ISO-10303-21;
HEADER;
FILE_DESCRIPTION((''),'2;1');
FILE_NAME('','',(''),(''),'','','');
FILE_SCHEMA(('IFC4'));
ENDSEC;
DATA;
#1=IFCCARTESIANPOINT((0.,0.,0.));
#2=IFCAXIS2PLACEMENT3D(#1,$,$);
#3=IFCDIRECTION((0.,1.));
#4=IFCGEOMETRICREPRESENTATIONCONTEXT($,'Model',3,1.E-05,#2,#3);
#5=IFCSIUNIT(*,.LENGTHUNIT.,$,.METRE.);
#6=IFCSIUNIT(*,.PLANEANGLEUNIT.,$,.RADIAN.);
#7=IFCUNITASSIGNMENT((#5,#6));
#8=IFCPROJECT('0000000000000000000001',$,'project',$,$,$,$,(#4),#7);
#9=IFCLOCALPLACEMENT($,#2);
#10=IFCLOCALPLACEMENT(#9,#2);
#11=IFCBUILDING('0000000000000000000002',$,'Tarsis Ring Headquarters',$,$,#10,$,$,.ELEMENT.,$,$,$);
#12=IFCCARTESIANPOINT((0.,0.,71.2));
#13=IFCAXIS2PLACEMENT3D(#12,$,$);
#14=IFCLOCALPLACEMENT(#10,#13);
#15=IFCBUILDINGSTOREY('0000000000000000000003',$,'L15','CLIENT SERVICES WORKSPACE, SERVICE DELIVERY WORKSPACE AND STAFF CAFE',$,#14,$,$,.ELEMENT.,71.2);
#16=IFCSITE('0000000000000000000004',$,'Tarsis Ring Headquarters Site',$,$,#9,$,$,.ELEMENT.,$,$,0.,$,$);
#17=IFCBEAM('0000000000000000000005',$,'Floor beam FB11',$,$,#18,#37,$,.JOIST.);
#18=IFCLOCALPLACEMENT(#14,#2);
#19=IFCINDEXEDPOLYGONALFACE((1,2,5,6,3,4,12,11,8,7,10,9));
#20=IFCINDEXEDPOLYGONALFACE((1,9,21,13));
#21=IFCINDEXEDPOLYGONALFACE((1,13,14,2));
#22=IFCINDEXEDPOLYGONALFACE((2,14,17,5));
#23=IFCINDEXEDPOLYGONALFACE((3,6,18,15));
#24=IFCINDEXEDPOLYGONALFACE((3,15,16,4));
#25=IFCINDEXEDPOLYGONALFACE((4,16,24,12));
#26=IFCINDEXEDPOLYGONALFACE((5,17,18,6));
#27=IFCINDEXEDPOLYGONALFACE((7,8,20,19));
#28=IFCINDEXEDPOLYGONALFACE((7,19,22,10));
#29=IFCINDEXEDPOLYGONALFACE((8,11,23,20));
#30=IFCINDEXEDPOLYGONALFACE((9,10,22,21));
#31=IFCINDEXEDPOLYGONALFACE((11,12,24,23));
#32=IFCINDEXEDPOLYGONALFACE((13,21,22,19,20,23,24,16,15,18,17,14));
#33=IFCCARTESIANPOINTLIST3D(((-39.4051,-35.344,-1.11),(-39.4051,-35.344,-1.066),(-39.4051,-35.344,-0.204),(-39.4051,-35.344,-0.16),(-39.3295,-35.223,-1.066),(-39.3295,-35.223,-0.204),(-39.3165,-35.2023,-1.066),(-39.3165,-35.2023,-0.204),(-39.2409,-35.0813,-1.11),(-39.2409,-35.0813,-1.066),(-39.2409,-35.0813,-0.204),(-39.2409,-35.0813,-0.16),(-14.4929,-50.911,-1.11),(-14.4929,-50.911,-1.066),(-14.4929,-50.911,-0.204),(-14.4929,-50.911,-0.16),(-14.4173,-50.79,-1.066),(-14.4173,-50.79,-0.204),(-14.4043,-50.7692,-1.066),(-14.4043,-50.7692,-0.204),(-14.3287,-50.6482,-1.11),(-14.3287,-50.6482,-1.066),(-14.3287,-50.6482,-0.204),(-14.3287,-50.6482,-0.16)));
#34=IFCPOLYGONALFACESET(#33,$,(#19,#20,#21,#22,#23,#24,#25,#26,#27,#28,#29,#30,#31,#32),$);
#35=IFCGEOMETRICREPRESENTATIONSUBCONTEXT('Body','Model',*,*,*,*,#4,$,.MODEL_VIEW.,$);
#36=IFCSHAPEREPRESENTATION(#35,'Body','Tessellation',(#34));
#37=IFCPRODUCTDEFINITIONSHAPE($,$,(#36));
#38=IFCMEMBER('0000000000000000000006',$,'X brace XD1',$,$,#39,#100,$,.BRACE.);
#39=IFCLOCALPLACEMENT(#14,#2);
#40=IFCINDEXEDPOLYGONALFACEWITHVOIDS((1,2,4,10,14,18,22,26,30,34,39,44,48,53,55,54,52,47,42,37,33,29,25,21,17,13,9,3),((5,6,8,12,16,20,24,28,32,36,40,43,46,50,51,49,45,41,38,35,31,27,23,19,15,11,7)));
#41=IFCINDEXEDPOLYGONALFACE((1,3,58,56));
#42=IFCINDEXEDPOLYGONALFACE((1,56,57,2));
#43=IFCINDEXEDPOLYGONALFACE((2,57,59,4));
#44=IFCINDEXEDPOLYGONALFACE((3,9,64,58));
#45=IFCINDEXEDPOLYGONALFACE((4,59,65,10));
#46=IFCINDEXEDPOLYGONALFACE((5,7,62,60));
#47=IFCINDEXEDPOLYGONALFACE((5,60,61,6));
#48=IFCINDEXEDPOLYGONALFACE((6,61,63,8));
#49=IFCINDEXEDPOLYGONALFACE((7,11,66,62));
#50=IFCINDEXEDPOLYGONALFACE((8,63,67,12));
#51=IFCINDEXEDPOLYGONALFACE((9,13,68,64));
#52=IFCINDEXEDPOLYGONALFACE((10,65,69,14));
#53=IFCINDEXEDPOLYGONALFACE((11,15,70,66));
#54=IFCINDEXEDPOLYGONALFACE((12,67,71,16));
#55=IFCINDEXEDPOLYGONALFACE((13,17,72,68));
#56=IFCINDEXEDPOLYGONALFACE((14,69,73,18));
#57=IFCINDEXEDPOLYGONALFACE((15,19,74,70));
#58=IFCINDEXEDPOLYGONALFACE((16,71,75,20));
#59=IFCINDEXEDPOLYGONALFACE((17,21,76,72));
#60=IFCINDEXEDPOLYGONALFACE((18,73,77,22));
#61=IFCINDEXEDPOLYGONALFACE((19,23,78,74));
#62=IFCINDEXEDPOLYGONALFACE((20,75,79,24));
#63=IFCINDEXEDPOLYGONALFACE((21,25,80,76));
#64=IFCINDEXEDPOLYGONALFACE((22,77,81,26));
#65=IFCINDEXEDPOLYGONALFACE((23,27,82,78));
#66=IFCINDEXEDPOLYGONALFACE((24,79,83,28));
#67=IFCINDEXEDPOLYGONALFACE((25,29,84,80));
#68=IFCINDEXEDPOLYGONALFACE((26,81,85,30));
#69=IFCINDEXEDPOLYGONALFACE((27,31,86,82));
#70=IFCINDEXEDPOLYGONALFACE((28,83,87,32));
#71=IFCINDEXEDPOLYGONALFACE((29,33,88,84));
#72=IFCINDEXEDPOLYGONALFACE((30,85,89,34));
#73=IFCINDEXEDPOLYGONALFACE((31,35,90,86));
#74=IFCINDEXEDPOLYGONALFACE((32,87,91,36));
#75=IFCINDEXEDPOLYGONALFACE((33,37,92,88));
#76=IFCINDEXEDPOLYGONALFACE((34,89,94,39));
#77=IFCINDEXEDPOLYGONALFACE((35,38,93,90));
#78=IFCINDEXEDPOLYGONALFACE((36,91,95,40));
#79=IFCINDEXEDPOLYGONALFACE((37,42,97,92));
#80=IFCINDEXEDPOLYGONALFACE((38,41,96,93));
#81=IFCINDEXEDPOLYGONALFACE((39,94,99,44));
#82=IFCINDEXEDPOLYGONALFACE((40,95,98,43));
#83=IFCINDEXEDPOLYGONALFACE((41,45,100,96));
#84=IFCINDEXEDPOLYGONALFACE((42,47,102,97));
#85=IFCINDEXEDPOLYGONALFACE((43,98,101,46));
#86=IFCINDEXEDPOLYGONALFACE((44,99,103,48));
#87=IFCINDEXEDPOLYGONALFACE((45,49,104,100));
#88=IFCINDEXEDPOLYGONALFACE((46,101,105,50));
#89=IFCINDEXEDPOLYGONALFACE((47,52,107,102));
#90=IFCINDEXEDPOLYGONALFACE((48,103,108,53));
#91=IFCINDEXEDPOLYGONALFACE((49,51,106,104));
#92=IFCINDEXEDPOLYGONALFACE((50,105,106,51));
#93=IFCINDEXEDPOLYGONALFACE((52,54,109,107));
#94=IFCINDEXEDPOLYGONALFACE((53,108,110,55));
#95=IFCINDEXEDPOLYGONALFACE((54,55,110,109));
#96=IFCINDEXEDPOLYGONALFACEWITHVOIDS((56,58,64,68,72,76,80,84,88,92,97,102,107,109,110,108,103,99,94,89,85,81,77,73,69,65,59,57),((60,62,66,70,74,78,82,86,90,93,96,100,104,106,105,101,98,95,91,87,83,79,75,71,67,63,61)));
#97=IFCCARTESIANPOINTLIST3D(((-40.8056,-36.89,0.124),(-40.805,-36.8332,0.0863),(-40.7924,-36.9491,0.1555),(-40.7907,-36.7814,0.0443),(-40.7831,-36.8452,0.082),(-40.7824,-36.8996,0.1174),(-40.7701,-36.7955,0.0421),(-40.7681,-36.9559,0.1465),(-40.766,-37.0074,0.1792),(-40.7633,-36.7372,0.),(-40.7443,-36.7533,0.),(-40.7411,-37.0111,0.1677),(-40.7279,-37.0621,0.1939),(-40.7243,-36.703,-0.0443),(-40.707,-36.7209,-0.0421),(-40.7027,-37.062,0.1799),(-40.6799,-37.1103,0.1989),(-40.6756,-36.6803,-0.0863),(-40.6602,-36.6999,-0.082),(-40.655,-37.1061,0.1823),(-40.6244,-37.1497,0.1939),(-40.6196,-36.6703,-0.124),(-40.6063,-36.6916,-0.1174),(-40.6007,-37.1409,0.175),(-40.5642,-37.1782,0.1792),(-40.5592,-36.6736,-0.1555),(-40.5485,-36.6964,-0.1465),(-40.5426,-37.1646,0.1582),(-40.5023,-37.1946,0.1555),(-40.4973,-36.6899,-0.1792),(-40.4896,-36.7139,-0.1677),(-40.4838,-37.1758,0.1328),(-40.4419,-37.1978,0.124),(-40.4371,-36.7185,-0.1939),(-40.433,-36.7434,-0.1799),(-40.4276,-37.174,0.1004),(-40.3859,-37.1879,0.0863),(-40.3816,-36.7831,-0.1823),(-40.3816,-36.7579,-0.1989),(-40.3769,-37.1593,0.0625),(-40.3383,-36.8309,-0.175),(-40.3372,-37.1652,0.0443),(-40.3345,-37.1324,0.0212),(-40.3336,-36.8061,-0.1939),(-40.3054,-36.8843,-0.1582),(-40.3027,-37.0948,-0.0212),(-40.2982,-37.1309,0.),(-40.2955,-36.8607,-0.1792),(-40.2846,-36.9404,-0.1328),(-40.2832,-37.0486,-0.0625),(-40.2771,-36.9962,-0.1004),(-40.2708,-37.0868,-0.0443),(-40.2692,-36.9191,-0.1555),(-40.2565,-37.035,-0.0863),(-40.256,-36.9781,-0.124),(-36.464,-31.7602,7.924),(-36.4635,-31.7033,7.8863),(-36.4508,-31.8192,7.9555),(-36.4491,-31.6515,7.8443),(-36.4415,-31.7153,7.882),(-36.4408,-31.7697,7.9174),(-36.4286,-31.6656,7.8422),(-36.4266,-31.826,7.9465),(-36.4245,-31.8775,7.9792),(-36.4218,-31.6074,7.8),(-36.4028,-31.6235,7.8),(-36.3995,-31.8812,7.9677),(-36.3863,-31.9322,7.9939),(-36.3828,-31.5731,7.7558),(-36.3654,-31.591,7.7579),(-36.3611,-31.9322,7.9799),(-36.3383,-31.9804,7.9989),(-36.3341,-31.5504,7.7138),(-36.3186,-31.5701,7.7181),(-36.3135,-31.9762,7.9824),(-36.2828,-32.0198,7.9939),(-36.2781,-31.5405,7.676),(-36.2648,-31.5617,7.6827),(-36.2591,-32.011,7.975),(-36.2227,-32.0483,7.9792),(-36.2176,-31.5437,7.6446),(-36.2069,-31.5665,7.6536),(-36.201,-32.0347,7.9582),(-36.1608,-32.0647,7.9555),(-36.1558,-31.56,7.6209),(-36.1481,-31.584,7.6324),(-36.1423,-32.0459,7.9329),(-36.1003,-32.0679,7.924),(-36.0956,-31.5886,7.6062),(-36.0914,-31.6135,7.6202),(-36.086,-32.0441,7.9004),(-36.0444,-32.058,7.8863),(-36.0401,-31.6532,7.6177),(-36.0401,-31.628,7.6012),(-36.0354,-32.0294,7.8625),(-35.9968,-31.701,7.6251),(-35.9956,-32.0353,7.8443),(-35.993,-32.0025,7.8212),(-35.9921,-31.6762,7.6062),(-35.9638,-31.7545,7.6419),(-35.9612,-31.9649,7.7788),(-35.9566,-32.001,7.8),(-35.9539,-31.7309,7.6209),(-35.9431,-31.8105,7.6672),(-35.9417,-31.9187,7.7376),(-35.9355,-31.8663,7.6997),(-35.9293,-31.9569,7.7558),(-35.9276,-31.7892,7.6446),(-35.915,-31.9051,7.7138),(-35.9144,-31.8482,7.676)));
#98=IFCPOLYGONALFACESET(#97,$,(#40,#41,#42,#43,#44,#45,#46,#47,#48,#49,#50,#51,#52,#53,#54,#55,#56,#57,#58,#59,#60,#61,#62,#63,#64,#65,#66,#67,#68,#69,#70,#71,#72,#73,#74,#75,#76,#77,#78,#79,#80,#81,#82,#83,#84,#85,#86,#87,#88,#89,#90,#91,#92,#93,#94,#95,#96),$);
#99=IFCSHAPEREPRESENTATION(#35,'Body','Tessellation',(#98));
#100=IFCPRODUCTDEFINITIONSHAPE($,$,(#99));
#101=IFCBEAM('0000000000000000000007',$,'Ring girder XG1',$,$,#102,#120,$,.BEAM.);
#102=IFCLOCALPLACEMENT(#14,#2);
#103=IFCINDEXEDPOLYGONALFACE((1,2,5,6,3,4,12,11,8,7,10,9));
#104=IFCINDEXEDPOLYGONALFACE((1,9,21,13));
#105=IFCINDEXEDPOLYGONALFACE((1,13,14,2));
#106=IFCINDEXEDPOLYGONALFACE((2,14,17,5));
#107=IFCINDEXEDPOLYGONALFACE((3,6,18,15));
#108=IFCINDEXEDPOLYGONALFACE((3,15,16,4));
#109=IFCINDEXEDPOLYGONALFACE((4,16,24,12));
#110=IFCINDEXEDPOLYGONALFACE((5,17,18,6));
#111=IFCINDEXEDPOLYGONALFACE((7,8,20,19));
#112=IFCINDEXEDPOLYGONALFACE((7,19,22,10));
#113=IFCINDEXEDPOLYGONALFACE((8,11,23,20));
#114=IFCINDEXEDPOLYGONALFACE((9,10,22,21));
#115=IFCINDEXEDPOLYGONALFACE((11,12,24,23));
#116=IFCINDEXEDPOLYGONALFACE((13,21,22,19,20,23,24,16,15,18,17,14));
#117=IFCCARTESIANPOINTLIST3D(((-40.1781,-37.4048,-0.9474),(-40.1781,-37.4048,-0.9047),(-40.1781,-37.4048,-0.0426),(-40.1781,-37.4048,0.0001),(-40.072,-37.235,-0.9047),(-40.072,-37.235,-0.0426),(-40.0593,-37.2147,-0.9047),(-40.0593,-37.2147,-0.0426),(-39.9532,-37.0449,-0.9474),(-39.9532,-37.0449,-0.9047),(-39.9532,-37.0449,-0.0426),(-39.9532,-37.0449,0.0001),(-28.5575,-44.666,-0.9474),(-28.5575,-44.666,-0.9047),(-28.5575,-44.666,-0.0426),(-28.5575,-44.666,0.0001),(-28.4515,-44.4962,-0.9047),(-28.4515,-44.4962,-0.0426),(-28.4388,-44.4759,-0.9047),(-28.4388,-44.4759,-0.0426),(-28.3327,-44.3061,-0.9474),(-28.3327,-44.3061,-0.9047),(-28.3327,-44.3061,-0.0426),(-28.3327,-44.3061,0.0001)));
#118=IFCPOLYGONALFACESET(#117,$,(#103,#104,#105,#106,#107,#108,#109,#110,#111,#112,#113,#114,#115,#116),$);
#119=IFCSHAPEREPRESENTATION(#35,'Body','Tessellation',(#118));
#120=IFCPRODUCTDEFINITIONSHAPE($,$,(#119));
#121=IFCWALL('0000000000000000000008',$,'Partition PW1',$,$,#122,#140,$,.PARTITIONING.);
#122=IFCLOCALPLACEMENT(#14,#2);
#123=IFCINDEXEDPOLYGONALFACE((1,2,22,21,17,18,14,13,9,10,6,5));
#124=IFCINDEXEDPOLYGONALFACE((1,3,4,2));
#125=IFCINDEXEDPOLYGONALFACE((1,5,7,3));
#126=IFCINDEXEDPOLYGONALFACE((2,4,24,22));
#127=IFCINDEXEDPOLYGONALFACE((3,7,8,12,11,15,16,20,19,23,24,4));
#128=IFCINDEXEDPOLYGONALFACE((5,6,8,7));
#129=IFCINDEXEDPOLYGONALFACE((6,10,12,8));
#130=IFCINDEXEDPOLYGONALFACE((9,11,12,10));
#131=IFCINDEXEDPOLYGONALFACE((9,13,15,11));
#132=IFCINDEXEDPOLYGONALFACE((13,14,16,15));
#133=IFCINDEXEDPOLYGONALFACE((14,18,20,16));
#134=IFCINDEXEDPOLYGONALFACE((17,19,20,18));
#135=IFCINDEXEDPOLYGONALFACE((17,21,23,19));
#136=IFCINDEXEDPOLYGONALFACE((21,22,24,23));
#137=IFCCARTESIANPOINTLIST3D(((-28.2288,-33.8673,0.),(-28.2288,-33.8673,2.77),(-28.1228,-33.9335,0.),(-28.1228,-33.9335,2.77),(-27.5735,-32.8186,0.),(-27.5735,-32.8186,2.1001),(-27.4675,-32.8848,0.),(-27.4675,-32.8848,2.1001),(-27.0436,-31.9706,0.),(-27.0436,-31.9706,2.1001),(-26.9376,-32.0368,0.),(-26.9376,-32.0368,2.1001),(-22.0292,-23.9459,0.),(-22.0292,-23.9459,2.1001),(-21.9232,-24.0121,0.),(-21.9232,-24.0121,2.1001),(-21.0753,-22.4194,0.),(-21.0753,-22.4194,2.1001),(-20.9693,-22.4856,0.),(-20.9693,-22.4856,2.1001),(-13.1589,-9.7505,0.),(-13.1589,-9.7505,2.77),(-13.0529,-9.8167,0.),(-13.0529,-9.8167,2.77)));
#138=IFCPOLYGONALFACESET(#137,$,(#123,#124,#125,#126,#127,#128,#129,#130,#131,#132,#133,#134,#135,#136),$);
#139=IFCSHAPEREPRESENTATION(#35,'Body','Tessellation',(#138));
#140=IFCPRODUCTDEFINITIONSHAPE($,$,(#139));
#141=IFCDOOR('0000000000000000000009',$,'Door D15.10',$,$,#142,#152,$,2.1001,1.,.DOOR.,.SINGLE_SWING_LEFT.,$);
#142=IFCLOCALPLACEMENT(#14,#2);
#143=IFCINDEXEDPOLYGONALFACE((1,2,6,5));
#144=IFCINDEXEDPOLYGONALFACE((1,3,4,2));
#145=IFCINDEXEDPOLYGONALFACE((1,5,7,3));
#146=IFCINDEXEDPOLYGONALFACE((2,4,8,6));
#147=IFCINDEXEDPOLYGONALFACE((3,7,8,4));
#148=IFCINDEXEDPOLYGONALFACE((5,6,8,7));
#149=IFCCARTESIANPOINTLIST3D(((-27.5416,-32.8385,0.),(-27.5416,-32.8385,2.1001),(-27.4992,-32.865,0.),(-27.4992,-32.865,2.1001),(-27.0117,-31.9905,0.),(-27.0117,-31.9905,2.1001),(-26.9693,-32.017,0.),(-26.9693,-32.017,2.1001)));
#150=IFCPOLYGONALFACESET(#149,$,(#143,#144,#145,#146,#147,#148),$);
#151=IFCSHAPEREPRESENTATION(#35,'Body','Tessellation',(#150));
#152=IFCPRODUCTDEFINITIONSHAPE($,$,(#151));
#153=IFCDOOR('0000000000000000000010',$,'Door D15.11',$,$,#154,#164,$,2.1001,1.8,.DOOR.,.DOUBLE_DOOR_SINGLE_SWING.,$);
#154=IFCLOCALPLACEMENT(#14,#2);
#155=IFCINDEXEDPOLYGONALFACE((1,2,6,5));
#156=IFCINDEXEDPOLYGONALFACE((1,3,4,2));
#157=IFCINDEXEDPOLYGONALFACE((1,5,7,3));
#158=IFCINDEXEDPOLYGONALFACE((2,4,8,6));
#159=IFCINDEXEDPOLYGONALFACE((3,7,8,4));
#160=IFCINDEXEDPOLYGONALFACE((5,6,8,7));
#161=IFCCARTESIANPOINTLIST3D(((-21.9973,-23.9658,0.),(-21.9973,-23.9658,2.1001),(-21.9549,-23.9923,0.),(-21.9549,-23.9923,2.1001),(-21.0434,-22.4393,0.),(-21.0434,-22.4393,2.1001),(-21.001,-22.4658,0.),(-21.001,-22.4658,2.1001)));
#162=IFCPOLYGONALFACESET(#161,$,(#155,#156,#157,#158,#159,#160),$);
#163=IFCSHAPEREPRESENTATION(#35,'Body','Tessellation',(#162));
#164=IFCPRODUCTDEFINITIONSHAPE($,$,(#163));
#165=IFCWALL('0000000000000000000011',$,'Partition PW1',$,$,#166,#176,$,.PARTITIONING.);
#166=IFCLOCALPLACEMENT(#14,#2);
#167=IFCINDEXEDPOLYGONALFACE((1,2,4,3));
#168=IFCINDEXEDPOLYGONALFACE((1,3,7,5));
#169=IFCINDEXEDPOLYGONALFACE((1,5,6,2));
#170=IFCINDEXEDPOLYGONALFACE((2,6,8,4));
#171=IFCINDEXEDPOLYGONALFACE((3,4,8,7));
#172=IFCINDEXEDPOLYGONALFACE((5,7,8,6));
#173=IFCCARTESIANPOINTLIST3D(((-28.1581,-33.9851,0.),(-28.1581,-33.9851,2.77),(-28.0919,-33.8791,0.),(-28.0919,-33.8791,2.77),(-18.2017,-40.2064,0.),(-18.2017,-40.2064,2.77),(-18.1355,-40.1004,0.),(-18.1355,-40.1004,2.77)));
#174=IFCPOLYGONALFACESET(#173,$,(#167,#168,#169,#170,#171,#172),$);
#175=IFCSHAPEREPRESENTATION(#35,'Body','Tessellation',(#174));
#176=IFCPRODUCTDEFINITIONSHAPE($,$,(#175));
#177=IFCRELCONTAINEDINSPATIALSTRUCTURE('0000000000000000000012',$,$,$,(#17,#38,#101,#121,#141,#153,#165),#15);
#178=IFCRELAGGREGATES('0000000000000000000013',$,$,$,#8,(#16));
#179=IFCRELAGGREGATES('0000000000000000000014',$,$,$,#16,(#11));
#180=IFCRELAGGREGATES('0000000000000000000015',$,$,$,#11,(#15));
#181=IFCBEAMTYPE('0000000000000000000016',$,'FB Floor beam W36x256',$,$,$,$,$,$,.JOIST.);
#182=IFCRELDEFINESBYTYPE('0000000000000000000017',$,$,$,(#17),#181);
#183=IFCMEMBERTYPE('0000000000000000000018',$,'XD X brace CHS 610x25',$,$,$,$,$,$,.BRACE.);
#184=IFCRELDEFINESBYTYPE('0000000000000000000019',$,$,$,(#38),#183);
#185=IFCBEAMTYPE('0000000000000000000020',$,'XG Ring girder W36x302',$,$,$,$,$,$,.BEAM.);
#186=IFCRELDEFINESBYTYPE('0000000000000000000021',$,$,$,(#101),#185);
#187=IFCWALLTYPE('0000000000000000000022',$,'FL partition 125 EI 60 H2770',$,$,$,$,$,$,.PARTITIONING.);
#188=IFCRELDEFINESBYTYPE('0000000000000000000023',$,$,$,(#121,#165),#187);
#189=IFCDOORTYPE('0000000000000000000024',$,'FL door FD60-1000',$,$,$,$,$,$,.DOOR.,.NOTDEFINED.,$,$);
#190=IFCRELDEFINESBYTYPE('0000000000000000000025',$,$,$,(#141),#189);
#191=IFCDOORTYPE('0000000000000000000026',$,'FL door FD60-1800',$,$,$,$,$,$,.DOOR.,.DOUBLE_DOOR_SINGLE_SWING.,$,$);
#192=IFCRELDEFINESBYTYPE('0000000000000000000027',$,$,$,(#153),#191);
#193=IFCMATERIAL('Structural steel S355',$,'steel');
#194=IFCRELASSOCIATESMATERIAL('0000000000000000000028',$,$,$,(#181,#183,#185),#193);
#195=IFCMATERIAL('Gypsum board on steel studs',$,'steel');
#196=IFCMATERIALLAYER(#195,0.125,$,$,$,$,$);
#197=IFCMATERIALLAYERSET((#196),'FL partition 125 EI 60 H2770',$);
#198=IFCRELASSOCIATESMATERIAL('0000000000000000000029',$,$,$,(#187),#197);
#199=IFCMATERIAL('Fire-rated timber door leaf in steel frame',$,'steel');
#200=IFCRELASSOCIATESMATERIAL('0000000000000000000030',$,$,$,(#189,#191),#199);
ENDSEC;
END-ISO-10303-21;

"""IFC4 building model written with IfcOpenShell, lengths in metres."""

from ifc_helpers import new_model, si_unit, direction, frame, frame_2d, origin, origin_2d, place, context, subcontext, project, spatial, rectangle, hollow_circle, i_section, extrude, material, layer, layer_set, material_profile, profile_set, type_object, element, fill, save


model = new_model("IFC4")

# Units and contexts
model_context = context("Model", 3, precision=1e-05, world=origin(), true_north=direction((0.0, 1.0)))
body_context = subcontext(model_context, "Body", "Model", "MODEL_VIEW")
ifc_project = project(units=[si_unit("LENGTHUNIT", "METRE"), si_unit("PLANEANGLEUNIT", "RADIAN")], contexts=[model_context])

# Site, building, storey
site_placement = place(None, origin())
site = spatial("IfcSite", under=ifc_project, at=site_placement, Name="Tarsis Ring Headquarters Site", CompositionType="ELEMENT", RefElevation=0.0)
building_placement = place(site_placement, origin())
building = spatial("IfcBuilding", under=site, at=building_placement, Name="Tarsis Ring Headquarters", CompositionType="ELEMENT")
storey_placement = place(building_placement, frame((0.0, 0.0, 71.2)))
storey = spatial("IfcBuildingStorey", under=building, at=storey_placement, Name="L15", Description="CLIENT SERVICES WORKSPACE, SERVICE DELIVERY WORKSPACE AND STAFF CAFE", CompositionType="ELEMENT", Elevation=71.2)

# Beam
ifc_material_1 = material(Name="Structural steel S355", Category="steel")
ifc_material_profile_1 = material_profile(ifc_material_1, i_section(OverallWidth=0.3098, OverallDepth=0.95, WebThickness=0.0244, FlangeThickness=0.0439, at=origin_2d()), Name="W36x256")
ifc_profile_set_1 = profile_set([ifc_material_profile_1], Name="Structural steel S355")
beam_type_1 = type_object("IfcBeamType", Name="FB Floor beam W36x256", PredefinedType="JOIST", material=ifc_profile_set_1)
beam_1_placement = place(storey_placement, frame((-39.323, -35.2126, -0.635), z_axis=(0.848047, -0.529921, 0.0), x_axis=(0.529921, 0.848047, 0.0)))
element("IfcBeam", 1, at=beam_1_placement, inside=storey, type_object=beam_type_1, Name="Floor beam FB11", PredefinedType="JOIST", context=body_context, shape_type="SweptSolid", body=[
    extrude(i_section(OverallWidth=0.3098, OverallDepth=0.95, WebThickness=0.0244, FlangeThickness=0.0439, at=origin_2d()), origin(), (0.0, 0.0, 1.0), 29.376),
])

# Member
ifc_material_profile_2 = material_profile(ifc_material_1, hollow_circle(Radius=0.3047, WallThickness=0.0249, at=origin_2d()), Name="CHS 610x25")
ifc_profile_set_2 = profile_set([ifc_material_profile_2], Name="Structural steel S355")
member_type = type_object("IfcMemberType", Name="XD X brace CHS 610x25", PredefinedType="BRACE", material=ifc_profile_set_2)
member_placement = place(storey_placement, frame((-40.5308, -36.9341, 0.0), z_axis=(0.421678, 0.498245, 0.757588), x_axis=(-0.763322, 0.646019, 0.0)))
element("IfcMember", 2, at=member_placement, inside=storey, type_object=member_type, Name="X brace XD1", PredefinedType="BRACE", context=body_context, shape_type="SweptSolid", body=[
    extrude(hollow_circle(Radius=0.3047, WallThickness=0.0249, at=origin_2d()), origin(), (0.0, 0.0, 1.0), 10.2959),
])

# Beam
ifc_material_profile_3 = material_profile(ifc_material_1, i_section(OverallWidth=0.4243, OverallDepth=0.9475, WebThickness=0.0239, FlangeThickness=0.0427, at=origin_2d()), Name="W36x302")
ifc_profile_set_3 = profile_set([ifc_material_profile_3], Name="Structural steel S355")
beam_type_2 = type_object("IfcBeamType", Name="XG Ring girder W36x302", PredefinedType="BEAM", material=ifc_profile_set_3)
beam_2_placement = place(storey_placement, frame((-40.0657, -37.2249, -0.4736), z_axis=(0.848052, -0.529912, 0.0), x_axis=(0.529912, 0.848052, 0.0)))
element("IfcBeam", 3, at=beam_2_placement, inside=storey, type_object=beam_type_2, Name="Ring girder XG1", PredefinedType="BEAM", context=body_context, shape_type="SweptSolid", body=[
    extrude(i_section(OverallWidth=0.4243, OverallDepth=0.9475, WebThickness=0.0239, FlangeThickness=0.0427, at=origin_2d()), origin(), (0.0, 0.0, 1.0), 13.7026),
])

# Wall, openings, doors
ifc_material_2 = material(Name="Gypsum board on steel studs", Category="steel")
ifc_layer_1 = layer(ifc_material_2, 0.125)
ifc_layer_set_1 = layer_set([ifc_layer_1], Name="FL partition 125 EI 60 H2770")
wall_type_1 = type_object("IfcWallType", Name="FL partition 125 EI 60 H2770", PredefinedType="PARTITIONING", material=ifc_layer_set_1)
wall_1_placement = place(storey_placement, frame((-28.1758, -33.9004, 0.0), z_axis=(0.0, 0.0, 1.0), x_axis=(0.52992, 0.848047, 0.0)))
wall_1 = element("IfcWall", 4, at=wall_1_placement, inside=storey, type_object=wall_type_1, Name="Partition PW1", PredefinedType="PARTITIONING", context=body_context, shape_type="SweptSolid", body=[
    extrude(rectangle(XDim=28.438, YDim=0.125, at=frame_2d((14.219, 0.0))), origin(), (0.0, 0.0, 1.0), 2.77),
])
opening_1_placement = place(wall_1_placement, frame((1.2366, 0.0, 0.0)))
opening_1 = element("IfcOpeningElement", 5, at=opening_1_placement, cuts=wall_1, PredefinedType="OPENING", context=body_context, shape_type="SweptSolid", body=[
    extrude(rectangle(XDim=1.0, YDim=2.1001, at=frame_2d((0.5, 1.05))), frame((0.0, 0.0725, 0.0), z_axis=(0.0, -1.0, 0.0), x_axis=(1.0, 0.0, 0.0)), (0.0, 0.0, 1.0), 0.145),
])
opening_2_placement = place(wall_1_placement, frame((11.6992, 0.0, 0.0)))
opening_2 = element("IfcOpeningElement", 6, at=opening_2_placement, cuts=wall_1, PredefinedType="OPENING", context=body_context, shape_type="SweptSolid", body=[
    extrude(rectangle(XDim=1.8, YDim=2.1001, at=frame_2d((0.8999, 1.05))), frame((0.0, 0.0725, 0.0), z_axis=(0.0, -1.0, 0.0), x_axis=(1.0, 0.0, 0.0)), (0.0, 0.0, 1.0), 0.145),
])
ifc_material_3 = material(Name="Fire-rated timber door leaf in steel frame", Category="steel")
door_type_1 = type_object("IfcDoorType", Name="FL door FD60-1000", OperationType="NOTDEFINED", PredefinedType="DOOR", material=ifc_material_3)
door_1_placement = place(opening_1_placement, origin())
door_1 = element("IfcDoor", 7, at=door_1_placement, inside=storey, type_object=door_type_1, Name="Door D15.10", OperationType="SINGLE_SWING_LEFT", OverallHeight=2.1001, OverallWidth=1.0, PredefinedType="DOOR", context=body_context, shape_type="SweptSolid", body=[
    extrude(rectangle(XDim=1.0, YDim=2.1001, at=frame_2d((0.5, 1.05))), frame((0.0, 0.0249, 0.0), z_axis=(0.0, -1.0, 0.0), x_axis=(1.0, 0.0, 0.0)), (0.0, 0.0, 1.0), 0.05),
])
fill(opening_1, door_1)
door_type_2 = type_object("IfcDoorType", Name="FL door FD60-1800", OperationType="DOUBLE_DOOR_SINGLE_SWING", PredefinedType="DOOR", material=ifc_material_3)
door_2_placement = place(opening_2_placement, origin())
door_2 = element("IfcDoor", 8, at=door_2_placement, inside=storey, type_object=door_type_2, Name="Door D15.11", OperationType="DOUBLE_DOOR_SINGLE_SWING", OverallHeight=2.1001, OverallWidth=1.8, PredefinedType="DOOR", context=body_context, shape_type="SweptSolid", body=[
    extrude(rectangle(XDim=1.8, YDim=2.1001, at=frame_2d((0.8999, 1.05))), frame((0.0, 0.0249, 0.0), z_axis=(0.0, -1.0, 0.0), x_axis=(1.0, 0.0, 0.0)), (0.0, 0.0, 1.0), 0.05),
])
fill(opening_2, door_2)

# Wall
wall_2_placement = place(storey_placement, frame((-28.125, -33.9321, 0.0), z_axis=(0.0, 0.0, 1.0), x_axis=(0.848056, -0.529907, 0.0)))
element("IfcWall", 9, at=wall_2_placement, inside=storey, type_object=wall_type_1, Name="Partition PW1", PredefinedType="PARTITIONING", context=body_context, shape_type="SweptSolid", body=[
    extrude(rectangle(XDim=11.7402, YDim=0.125, at=frame_2d((5.8701, 0.0))), origin(), (0.0, 0.0, 1.0), 2.77),
])

save(model, "model.ifc")
